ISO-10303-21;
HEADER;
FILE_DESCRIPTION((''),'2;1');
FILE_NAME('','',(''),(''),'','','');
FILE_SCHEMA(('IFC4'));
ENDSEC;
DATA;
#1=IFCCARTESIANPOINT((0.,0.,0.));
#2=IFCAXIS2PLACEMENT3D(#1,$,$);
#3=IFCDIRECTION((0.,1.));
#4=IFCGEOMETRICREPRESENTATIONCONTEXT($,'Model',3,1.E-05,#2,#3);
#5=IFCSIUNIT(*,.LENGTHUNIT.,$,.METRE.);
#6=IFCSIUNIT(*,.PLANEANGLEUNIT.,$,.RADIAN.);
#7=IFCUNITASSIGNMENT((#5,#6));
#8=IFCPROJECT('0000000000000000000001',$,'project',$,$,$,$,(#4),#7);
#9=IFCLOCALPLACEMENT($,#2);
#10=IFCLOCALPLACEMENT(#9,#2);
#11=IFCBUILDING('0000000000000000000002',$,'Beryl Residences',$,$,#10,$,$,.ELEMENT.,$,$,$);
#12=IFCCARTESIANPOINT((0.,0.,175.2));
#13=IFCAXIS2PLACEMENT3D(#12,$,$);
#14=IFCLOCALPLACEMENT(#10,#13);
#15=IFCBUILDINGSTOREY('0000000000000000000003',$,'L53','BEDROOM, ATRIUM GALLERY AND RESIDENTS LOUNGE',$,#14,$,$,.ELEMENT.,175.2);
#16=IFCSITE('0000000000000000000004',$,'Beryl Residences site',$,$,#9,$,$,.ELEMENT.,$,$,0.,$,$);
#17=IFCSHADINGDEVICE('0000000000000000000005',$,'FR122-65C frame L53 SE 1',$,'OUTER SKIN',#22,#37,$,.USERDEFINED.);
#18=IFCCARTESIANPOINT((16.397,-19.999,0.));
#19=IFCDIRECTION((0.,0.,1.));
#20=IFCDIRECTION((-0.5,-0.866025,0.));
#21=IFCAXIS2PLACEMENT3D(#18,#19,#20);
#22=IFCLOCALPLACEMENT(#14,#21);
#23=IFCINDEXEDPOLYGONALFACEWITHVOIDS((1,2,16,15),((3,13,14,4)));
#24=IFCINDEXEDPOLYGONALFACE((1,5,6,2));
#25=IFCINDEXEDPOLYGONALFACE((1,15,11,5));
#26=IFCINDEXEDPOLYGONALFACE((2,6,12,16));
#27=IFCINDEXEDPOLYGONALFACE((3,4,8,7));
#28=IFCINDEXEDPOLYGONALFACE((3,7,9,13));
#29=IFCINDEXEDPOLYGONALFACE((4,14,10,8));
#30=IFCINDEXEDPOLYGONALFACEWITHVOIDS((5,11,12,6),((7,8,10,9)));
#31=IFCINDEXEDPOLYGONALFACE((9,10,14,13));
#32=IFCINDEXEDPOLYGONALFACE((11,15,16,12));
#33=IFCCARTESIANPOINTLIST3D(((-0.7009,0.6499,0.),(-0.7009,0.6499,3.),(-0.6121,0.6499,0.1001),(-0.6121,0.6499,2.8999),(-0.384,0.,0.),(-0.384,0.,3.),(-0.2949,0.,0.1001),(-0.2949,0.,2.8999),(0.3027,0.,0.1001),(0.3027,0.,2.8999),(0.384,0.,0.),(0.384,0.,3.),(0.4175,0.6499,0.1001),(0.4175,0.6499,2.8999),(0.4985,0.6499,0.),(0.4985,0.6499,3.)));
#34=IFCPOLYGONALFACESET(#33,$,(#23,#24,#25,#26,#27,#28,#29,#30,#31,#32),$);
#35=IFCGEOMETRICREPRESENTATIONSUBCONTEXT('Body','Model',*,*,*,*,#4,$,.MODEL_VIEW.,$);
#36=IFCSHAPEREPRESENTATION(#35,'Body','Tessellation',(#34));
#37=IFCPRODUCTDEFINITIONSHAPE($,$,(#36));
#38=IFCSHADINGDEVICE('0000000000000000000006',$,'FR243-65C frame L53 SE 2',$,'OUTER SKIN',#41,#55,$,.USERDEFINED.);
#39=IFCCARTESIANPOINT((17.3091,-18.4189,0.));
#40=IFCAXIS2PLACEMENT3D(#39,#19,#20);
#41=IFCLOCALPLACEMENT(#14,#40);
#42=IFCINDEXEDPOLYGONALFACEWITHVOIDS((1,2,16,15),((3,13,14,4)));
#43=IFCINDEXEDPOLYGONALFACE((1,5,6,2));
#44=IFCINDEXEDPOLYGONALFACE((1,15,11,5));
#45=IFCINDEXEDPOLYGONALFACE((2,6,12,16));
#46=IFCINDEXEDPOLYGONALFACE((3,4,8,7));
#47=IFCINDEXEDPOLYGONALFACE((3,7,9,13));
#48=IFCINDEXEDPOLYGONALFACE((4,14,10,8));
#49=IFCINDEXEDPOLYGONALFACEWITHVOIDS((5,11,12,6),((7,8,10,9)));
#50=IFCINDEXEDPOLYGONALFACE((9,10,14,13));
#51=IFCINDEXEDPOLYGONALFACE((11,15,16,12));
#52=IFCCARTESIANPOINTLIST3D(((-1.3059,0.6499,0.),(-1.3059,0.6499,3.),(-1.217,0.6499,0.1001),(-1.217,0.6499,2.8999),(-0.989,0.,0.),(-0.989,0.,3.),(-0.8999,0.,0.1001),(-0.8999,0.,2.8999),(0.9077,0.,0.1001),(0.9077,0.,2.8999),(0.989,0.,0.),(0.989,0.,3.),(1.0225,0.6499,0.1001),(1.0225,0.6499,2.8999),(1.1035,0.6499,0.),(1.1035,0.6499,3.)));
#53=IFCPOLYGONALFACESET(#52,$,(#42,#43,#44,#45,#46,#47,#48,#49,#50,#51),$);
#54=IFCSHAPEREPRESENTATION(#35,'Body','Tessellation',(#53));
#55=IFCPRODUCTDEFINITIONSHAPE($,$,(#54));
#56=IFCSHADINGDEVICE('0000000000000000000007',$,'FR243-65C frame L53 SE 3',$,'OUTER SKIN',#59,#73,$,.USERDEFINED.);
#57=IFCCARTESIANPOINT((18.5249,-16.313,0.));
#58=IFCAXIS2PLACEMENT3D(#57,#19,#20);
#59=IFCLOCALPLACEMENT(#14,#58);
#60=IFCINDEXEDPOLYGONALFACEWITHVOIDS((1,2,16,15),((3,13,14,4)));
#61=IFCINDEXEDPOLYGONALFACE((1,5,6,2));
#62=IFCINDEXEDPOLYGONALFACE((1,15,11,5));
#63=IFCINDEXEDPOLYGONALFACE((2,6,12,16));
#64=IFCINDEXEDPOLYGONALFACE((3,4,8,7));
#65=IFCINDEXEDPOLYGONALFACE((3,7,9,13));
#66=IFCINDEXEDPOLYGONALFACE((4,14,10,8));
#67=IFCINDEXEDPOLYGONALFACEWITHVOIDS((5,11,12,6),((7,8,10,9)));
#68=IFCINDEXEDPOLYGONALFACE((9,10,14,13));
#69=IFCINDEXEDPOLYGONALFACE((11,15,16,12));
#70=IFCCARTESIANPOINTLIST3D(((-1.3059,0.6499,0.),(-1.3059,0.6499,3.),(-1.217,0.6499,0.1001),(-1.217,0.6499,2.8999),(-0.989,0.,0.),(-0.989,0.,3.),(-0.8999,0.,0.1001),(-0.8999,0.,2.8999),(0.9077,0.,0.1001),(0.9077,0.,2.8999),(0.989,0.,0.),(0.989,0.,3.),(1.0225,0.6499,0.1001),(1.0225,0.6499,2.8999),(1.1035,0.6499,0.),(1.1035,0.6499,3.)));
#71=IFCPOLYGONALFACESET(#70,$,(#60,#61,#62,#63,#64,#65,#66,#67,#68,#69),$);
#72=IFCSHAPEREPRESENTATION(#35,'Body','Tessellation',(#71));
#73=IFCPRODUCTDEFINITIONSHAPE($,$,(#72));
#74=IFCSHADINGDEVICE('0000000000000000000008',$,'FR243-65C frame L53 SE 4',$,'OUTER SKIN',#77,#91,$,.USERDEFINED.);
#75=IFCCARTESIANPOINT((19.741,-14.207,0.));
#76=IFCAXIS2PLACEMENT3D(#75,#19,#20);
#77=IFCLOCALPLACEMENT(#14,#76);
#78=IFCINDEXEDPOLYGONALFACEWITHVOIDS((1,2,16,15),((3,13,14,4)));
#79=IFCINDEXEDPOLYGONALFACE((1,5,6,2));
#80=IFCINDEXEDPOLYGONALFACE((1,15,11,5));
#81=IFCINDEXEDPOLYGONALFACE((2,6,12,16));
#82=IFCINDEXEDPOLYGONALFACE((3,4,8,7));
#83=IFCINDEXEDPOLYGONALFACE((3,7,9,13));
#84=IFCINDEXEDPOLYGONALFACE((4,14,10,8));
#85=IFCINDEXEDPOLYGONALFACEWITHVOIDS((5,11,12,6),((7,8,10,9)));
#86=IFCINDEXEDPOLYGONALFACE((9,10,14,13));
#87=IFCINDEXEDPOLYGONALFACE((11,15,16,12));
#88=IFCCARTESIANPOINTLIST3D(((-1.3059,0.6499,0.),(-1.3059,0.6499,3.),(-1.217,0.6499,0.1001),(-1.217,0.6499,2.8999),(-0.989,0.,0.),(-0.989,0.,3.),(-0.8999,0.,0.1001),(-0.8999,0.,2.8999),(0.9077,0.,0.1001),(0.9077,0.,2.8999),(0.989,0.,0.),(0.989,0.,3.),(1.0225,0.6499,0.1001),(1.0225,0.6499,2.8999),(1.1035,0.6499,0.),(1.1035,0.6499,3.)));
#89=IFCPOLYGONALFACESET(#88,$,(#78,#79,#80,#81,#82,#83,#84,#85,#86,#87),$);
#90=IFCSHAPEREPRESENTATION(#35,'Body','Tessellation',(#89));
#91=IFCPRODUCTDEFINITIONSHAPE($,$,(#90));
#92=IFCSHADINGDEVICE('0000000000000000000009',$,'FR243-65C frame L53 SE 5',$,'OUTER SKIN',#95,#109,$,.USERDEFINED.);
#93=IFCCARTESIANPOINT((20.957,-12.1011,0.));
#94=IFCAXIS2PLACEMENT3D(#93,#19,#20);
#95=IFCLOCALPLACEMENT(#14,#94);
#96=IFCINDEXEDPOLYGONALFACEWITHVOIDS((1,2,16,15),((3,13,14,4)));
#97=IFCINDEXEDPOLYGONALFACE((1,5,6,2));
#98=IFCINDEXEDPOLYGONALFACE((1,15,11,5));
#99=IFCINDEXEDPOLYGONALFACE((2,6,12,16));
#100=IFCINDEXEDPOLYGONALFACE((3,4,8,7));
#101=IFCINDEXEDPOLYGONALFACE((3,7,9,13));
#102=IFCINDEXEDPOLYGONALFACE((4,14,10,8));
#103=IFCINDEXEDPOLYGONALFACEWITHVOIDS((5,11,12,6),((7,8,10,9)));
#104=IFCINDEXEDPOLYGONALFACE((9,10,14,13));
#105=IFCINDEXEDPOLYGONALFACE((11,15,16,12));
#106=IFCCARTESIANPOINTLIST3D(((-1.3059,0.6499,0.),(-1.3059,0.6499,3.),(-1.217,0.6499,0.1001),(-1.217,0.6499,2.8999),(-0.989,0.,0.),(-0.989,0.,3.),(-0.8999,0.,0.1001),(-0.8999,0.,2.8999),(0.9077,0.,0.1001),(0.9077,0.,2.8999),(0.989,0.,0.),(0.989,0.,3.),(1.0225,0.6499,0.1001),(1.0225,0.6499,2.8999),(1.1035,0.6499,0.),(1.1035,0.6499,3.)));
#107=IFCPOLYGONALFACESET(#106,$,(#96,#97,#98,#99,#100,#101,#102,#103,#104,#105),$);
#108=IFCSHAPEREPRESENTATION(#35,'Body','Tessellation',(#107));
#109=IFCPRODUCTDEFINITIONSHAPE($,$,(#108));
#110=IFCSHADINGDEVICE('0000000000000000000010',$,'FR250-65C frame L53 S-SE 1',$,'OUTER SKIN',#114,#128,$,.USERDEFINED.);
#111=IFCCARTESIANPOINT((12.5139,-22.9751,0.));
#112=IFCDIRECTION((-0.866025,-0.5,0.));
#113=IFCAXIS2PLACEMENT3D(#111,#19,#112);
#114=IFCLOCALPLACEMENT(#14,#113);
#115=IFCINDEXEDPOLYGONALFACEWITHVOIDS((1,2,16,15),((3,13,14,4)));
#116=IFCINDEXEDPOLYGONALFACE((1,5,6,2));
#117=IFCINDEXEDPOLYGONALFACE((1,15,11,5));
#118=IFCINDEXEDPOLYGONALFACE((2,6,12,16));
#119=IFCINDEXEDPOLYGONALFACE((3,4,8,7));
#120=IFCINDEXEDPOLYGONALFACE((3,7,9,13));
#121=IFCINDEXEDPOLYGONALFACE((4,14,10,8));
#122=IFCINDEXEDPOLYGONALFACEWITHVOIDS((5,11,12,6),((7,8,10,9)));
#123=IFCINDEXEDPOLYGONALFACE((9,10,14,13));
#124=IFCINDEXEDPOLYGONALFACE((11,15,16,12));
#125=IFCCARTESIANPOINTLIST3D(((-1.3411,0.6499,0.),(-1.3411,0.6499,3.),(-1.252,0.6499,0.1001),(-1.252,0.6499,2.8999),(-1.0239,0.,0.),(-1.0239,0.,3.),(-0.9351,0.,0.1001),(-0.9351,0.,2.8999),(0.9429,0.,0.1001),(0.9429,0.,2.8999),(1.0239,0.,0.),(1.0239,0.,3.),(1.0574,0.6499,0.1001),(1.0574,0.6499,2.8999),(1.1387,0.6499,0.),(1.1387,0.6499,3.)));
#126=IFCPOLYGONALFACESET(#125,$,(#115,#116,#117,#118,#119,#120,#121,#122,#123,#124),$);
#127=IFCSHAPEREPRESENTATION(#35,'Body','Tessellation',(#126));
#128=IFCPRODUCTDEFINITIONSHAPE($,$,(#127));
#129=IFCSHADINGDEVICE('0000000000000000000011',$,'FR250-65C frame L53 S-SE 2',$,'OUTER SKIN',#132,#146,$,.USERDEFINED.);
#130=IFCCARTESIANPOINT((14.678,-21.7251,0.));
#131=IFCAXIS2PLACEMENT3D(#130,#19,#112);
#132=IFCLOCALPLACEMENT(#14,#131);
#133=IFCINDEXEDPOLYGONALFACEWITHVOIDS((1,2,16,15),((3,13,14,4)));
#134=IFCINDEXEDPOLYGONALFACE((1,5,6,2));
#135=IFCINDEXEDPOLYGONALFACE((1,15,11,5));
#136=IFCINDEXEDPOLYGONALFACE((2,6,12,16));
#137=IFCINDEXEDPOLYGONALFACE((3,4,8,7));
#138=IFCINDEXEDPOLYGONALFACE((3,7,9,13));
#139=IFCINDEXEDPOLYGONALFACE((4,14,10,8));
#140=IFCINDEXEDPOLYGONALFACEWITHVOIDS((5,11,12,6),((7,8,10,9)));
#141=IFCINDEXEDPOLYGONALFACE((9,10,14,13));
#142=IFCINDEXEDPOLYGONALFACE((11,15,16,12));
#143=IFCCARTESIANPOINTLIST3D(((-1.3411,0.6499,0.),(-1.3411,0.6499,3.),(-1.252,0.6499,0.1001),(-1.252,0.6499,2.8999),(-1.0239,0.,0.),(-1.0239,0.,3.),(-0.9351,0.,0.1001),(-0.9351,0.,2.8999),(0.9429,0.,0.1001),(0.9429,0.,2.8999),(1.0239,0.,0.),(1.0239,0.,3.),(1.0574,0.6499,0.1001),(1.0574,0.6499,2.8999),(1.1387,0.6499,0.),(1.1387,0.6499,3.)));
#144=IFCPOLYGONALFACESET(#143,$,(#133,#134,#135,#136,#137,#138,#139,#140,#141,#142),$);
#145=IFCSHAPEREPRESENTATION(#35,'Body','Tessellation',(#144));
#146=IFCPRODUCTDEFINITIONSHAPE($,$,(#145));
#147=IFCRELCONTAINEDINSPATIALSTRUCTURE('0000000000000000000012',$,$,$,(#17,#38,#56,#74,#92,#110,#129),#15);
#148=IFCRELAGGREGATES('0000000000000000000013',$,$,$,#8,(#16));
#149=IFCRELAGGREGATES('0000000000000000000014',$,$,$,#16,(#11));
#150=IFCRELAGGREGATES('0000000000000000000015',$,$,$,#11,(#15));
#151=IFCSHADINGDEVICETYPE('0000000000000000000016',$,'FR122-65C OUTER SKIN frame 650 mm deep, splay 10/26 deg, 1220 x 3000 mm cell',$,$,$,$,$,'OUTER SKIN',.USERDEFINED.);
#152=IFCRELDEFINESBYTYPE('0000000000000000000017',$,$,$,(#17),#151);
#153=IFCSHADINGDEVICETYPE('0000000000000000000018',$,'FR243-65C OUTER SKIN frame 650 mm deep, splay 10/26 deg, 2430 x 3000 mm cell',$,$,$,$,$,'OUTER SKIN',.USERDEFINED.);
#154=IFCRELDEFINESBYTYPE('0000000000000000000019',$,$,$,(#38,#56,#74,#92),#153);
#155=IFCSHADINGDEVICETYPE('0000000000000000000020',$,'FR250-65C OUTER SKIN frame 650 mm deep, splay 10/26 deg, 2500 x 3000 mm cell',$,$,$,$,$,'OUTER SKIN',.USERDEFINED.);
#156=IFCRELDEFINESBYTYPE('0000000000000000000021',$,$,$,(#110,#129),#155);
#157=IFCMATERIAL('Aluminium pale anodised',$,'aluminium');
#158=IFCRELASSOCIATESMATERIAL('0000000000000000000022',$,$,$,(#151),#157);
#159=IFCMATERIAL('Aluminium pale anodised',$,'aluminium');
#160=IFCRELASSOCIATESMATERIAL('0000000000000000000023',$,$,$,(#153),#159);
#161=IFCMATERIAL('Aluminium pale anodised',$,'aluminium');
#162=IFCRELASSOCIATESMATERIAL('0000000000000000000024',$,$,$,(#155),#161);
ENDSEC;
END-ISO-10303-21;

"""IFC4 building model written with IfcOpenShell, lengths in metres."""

from ifc_helpers import new_model, entity, si_unit, direction, frame, origin, place, context, subcontext, project, spatial, source, transform, mapped, material, type_object, type_shapes, element, save


model = new_model("IFC4")

# Units and contexts
model_context = context("Model", 3, precision=1e-05, world=origin(), true_north=direction((0.0, 1.0)))
body_context = subcontext(model_context, "Body", "Model", "MODEL_VIEW")
ifc_project = project(units=[si_unit("LENGTHUNIT", "METRE"), si_unit("PLANEANGLEUNIT", "RADIAN")], contexts=[model_context])

# Site, building, storey
site_placement = place(None, origin())
site = spatial("IfcSite", under=ifc_project, at=site_placement, Name="Beryl Residences site", CompositionType="ELEMENT", RefElevation=0.0)
building_placement = place(site_placement, origin())
building = spatial("IfcBuilding", under=site, at=building_placement, Name="Beryl Residences", CompositionType="ELEMENT")
storey_placement = place(building_placement, frame((0.0, 0.0, 175.2)))
storey = spatial("IfcBuildingStorey", under=building, at=storey_placement, Name="L53", Description="BEDROOM, ATRIUM GALLERY AND RESIDENTS LOUNGE", CompositionType="ELEMENT", Elevation=175.2)

# Shading devices
ifc_material_1 = material(Name="Aluminium pale anodised", Category="aluminium")
shading_device_type_1 = type_object("IfcShadingDeviceType", Name="FR122-65C OUTER SKIN frame 650 mm deep, splay 10/26 deg, 1220 x 3000 mm cell", ElementType="OUTER SKIN", PredefinedType="USERDEFINED", material=ifc_material_1)
cartesian_point_1 = entity("IfcCartesianPoint", [-0.384, 0.0])
cartesian_point_2 = entity("IfcCartesianPoint", [-0.3027, 0.1001])
cartesian_point_3 = entity("IfcCartesianPoint", [-0.4985, 0.0])
cartesian_point_4 = entity("IfcCartesianPoint", [-0.4175, 0.1001])
shared_shape_1 = source(origin(), body_context, "Body", "SweptSolid", [
    entity("IfcExtrudedAreaSolidTapered", entity("IfcArbitraryProfileDefWithVoids", "AREA", None, entity("IfcPolyline", [cartesian_point_1, entity("IfcCartesianPoint", [0.384, 0.0]), entity("IfcCartesianPoint", [0.384, 3.0]), entity("IfcCartesianPoint", [-0.384, 3.0]), cartesian_point_1]), [entity("IfcPolyline", [cartesian_point_2, entity("IfcCartesianPoint", [0.2949, 0.1001]), entity("IfcCartesianPoint", [0.2949, 2.8999]), entity("IfcCartesianPoint", [-0.3027, 2.8999]), cartesian_point_2])]), entity("IfcAxis2Placement3D", entity("IfcCartesianPoint", [0.0, 0.0, 0.0]), entity("IfcDirection", [0.0, 1.0, 0.0]), entity("IfcDirection", [-1.0, 0.0, 0.0])), entity("IfcDirection", [0.0, 0.0, 1.0]), 0.6499, entity("IfcArbitraryProfileDefWithVoids", "AREA", None, entity("IfcPolyline", [cartesian_point_3, entity("IfcCartesianPoint", [0.7009, 0.0]), entity("IfcCartesianPoint", [0.7009, 3.0]), entity("IfcCartesianPoint", [-0.4985, 3.0]), cartesian_point_3]), [entity("IfcPolyline", [cartesian_point_4, entity("IfcCartesianPoint", [0.6121, 0.1001]), entity("IfcCartesianPoint", [0.6121, 2.8999]), entity("IfcCartesianPoint", [-0.4175, 2.8999]), cartesian_point_4])])),
])
type_shapes(shading_device_type_1, [shared_shape_1])
shading_device_placement = place(storey_placement, frame((16.397, -19.999, 0.0), z_axis=(0.0, 0.0, 1.0), x_axis=(-0.5, -0.866025, 0.0)))
element("IfcShadingDevice", 1, at=shading_device_placement, inside=storey, type_object=shading_device_type_1, Name="FR122-65C frame L53 SE 1", ObjectType="OUTER SKIN", PredefinedType="USERDEFINED", context=body_context, shape_type="MappedRepresentation", body=[
    mapped(shared_shape_1, transform((0.0, 0.0, 0.0))),
])
ifc_material_2 = material(Name="Aluminium pale anodised", Category="aluminium")
shading_device_type_2 = type_object("IfcShadingDeviceType", Name="FR243-65C OUTER SKIN frame 650 mm deep, splay 10/26 deg, 2430 x 3000 mm cell", ElementType="OUTER SKIN", PredefinedType="USERDEFINED", material=ifc_material_2)
cartesian_point_5 = entity("IfcCartesianPoint", [-0.989, 0.0])
cartesian_point_6 = entity("IfcCartesianPoint", [-0.9077, 0.1001])
cartesian_point_7 = entity("IfcCartesianPoint", [-1.1035, 0.0])
cartesian_point_8 = entity("IfcCartesianPoint", [-1.0225, 0.1001])
shared_shape_2 = source(origin(), body_context, "Body", "SweptSolid", [
    entity("IfcExtrudedAreaSolidTapered", entity("IfcArbitraryProfileDefWithVoids", "AREA", None, entity("IfcPolyline", [cartesian_point_5, entity("IfcCartesianPoint", [0.989, 0.0]), entity("IfcCartesianPoint", [0.989, 3.0]), entity("IfcCartesianPoint", [-0.989, 3.0]), cartesian_point_5]), [entity("IfcPolyline", [cartesian_point_6, entity("IfcCartesianPoint", [0.8999, 0.1001]), entity("IfcCartesianPoint", [0.8999, 2.8999]), entity("IfcCartesianPoint", [-0.9077, 2.8999]), cartesian_point_6])]), entity("IfcAxis2Placement3D", entity("IfcCartesianPoint", [0.0, 0.0, 0.0]), entity("IfcDirection", [0.0, 1.0, 0.0]), entity("IfcDirection", [-1.0, 0.0, 0.0])), entity("IfcDirection", [0.0, 0.0, 1.0]), 0.6499, entity("IfcArbitraryProfileDefWithVoids", "AREA", None, entity("IfcPolyline", [cartesian_point_7, entity("IfcCartesianPoint", [1.3059, 0.0]), entity("IfcCartesianPoint", [1.3059, 3.0]), entity("IfcCartesianPoint", [-1.1035, 3.0]), cartesian_point_7]), [entity("IfcPolyline", [cartesian_point_8, entity("IfcCartesianPoint", [1.217, 0.1001]), entity("IfcCartesianPoint", [1.217, 2.8999]), entity("IfcCartesianPoint", [-1.0225, 2.8999]), cartesian_point_8])])),
])
type_shapes(shading_device_type_2, [shared_shape_2])
for number, where, z_axis, x_axis, name in (
    (2, (17.3091, -18.4189, 0.0), (0.0, 0.0, 1.0), (-0.5, -0.866025, 0.0), "FR243-65C frame L53 SE 2"),
    (3, (18.5249, -16.313, 0.0), (0.0, 0.0, 1.0), (-0.5, -0.866025, 0.0), "FR243-65C frame L53 SE 3"),
    (4, (19.741, -14.207, 0.0), (0.0, 0.0, 1.0), (-0.5, -0.866025, 0.0), "FR243-65C frame L53 SE 4"),
    (5, (20.957, -12.1011, 0.0), (0.0, 0.0, 1.0), (-0.5, -0.866025, 0.0), "FR243-65C frame L53 SE 5"),
):
    element("IfcShadingDevice", number, at=place(storey_placement, frame(where, z_axis=z_axis, x_axis=x_axis)), inside=storey, type_object=shading_device_type_2, Name=name, ObjectType="OUTER SKIN", PredefinedType="USERDEFINED", context=body_context, shape_type="MappedRepresentation", body=[
        mapped(shared_shape_2, transform((0.0, 0.0, 0.0))),
    ])
ifc_material_3 = material(Name="Aluminium pale anodised", Category="aluminium")
shading_device_type_3 = type_object("IfcShadingDeviceType", Name="FR250-65C OUTER SKIN frame 650 mm deep, splay 10/26 deg, 2500 x 3000 mm cell", ElementType="OUTER SKIN", PredefinedType="USERDEFINED", material=ifc_material_3)
cartesian_point_9 = entity("IfcCartesianPoint", [-1.0239, 0.0])
cartesian_point_10 = entity("IfcCartesianPoint", [-0.9429, 0.1001])
cartesian_point_11 = entity("IfcCartesianPoint", [-1.1387, 0.0])
cartesian_point_12 = entity("IfcCartesianPoint", [-1.0574, 0.1001])
shared_shape_3 = source(origin(), body_context, "Body", "SweptSolid", [
    entity("IfcExtrudedAreaSolidTapered", entity("IfcArbitraryProfileDefWithVoids", "AREA", None, entity("IfcPolyline", [cartesian_point_9, entity("IfcCartesianPoint", [1.0239, 0.0]), entity("IfcCartesianPoint", [1.0239, 3.0]), entity("IfcCartesianPoint", [-1.0239, 3.0]), cartesian_point_9]), [entity("IfcPolyline", [cartesian_point_10, entity("IfcCartesianPoint", [0.9351, 0.1001]), entity("IfcCartesianPoint", [0.9351, 2.8999]), entity("IfcCartesianPoint", [-0.9429, 2.8999]), cartesian_point_10])]), entity("IfcAxis2Placement3D", entity("IfcCartesianPoint", [0.0, 0.0, 0.0]), entity("IfcDirection", [0.0, 1.0, 0.0]), entity("IfcDirection", [-1.0, 0.0, 0.0])), entity("IfcDirection", [0.0, 0.0, 1.0]), 0.6499, entity("IfcArbitraryProfileDefWithVoids", "AREA", None, entity("IfcPolyline", [cartesian_point_11, entity("IfcCartesianPoint", [1.3411, 0.0]), entity("IfcCartesianPoint", [1.3411, 3.0]), entity("IfcCartesianPoint", [-1.1387, 3.0]), cartesian_point_11]), [entity("IfcPolyline", [cartesian_point_12, entity("IfcCartesianPoint", [1.252, 0.1001]), entity("IfcCartesianPoint", [1.252, 2.8999]), entity("IfcCartesianPoint", [-1.0574, 2.8999]), cartesian_point_12])])),
])
type_shapes(shading_device_type_3, [shared_shape_3])
for number, where, z_axis, x_axis, name in (
    (6, (12.5139, -22.9751, 0.0), (0.0, 0.0, 1.0), (-0.866025, -0.5, 0.0), "FR250-65C frame L53 S-SE 1"),
    (7, (14.678, -21.7251, 0.0), (0.0, 0.0, 1.0), (-0.866025, -0.5, 0.0), "FR250-65C frame L53 S-SE 2"),
):
    element("IfcShadingDevice", number, at=place(storey_placement, frame(where, z_axis=z_axis, x_axis=x_axis)), inside=storey, type_object=shading_device_type_3, Name=name, ObjectType="OUTER SKIN", PredefinedType="USERDEFINED", context=body_context, shape_type="MappedRepresentation", body=[
        mapped(shared_shape_3, transform((0.0, 0.0, 0.0))),
    ])

save(model, "model.ifc")
